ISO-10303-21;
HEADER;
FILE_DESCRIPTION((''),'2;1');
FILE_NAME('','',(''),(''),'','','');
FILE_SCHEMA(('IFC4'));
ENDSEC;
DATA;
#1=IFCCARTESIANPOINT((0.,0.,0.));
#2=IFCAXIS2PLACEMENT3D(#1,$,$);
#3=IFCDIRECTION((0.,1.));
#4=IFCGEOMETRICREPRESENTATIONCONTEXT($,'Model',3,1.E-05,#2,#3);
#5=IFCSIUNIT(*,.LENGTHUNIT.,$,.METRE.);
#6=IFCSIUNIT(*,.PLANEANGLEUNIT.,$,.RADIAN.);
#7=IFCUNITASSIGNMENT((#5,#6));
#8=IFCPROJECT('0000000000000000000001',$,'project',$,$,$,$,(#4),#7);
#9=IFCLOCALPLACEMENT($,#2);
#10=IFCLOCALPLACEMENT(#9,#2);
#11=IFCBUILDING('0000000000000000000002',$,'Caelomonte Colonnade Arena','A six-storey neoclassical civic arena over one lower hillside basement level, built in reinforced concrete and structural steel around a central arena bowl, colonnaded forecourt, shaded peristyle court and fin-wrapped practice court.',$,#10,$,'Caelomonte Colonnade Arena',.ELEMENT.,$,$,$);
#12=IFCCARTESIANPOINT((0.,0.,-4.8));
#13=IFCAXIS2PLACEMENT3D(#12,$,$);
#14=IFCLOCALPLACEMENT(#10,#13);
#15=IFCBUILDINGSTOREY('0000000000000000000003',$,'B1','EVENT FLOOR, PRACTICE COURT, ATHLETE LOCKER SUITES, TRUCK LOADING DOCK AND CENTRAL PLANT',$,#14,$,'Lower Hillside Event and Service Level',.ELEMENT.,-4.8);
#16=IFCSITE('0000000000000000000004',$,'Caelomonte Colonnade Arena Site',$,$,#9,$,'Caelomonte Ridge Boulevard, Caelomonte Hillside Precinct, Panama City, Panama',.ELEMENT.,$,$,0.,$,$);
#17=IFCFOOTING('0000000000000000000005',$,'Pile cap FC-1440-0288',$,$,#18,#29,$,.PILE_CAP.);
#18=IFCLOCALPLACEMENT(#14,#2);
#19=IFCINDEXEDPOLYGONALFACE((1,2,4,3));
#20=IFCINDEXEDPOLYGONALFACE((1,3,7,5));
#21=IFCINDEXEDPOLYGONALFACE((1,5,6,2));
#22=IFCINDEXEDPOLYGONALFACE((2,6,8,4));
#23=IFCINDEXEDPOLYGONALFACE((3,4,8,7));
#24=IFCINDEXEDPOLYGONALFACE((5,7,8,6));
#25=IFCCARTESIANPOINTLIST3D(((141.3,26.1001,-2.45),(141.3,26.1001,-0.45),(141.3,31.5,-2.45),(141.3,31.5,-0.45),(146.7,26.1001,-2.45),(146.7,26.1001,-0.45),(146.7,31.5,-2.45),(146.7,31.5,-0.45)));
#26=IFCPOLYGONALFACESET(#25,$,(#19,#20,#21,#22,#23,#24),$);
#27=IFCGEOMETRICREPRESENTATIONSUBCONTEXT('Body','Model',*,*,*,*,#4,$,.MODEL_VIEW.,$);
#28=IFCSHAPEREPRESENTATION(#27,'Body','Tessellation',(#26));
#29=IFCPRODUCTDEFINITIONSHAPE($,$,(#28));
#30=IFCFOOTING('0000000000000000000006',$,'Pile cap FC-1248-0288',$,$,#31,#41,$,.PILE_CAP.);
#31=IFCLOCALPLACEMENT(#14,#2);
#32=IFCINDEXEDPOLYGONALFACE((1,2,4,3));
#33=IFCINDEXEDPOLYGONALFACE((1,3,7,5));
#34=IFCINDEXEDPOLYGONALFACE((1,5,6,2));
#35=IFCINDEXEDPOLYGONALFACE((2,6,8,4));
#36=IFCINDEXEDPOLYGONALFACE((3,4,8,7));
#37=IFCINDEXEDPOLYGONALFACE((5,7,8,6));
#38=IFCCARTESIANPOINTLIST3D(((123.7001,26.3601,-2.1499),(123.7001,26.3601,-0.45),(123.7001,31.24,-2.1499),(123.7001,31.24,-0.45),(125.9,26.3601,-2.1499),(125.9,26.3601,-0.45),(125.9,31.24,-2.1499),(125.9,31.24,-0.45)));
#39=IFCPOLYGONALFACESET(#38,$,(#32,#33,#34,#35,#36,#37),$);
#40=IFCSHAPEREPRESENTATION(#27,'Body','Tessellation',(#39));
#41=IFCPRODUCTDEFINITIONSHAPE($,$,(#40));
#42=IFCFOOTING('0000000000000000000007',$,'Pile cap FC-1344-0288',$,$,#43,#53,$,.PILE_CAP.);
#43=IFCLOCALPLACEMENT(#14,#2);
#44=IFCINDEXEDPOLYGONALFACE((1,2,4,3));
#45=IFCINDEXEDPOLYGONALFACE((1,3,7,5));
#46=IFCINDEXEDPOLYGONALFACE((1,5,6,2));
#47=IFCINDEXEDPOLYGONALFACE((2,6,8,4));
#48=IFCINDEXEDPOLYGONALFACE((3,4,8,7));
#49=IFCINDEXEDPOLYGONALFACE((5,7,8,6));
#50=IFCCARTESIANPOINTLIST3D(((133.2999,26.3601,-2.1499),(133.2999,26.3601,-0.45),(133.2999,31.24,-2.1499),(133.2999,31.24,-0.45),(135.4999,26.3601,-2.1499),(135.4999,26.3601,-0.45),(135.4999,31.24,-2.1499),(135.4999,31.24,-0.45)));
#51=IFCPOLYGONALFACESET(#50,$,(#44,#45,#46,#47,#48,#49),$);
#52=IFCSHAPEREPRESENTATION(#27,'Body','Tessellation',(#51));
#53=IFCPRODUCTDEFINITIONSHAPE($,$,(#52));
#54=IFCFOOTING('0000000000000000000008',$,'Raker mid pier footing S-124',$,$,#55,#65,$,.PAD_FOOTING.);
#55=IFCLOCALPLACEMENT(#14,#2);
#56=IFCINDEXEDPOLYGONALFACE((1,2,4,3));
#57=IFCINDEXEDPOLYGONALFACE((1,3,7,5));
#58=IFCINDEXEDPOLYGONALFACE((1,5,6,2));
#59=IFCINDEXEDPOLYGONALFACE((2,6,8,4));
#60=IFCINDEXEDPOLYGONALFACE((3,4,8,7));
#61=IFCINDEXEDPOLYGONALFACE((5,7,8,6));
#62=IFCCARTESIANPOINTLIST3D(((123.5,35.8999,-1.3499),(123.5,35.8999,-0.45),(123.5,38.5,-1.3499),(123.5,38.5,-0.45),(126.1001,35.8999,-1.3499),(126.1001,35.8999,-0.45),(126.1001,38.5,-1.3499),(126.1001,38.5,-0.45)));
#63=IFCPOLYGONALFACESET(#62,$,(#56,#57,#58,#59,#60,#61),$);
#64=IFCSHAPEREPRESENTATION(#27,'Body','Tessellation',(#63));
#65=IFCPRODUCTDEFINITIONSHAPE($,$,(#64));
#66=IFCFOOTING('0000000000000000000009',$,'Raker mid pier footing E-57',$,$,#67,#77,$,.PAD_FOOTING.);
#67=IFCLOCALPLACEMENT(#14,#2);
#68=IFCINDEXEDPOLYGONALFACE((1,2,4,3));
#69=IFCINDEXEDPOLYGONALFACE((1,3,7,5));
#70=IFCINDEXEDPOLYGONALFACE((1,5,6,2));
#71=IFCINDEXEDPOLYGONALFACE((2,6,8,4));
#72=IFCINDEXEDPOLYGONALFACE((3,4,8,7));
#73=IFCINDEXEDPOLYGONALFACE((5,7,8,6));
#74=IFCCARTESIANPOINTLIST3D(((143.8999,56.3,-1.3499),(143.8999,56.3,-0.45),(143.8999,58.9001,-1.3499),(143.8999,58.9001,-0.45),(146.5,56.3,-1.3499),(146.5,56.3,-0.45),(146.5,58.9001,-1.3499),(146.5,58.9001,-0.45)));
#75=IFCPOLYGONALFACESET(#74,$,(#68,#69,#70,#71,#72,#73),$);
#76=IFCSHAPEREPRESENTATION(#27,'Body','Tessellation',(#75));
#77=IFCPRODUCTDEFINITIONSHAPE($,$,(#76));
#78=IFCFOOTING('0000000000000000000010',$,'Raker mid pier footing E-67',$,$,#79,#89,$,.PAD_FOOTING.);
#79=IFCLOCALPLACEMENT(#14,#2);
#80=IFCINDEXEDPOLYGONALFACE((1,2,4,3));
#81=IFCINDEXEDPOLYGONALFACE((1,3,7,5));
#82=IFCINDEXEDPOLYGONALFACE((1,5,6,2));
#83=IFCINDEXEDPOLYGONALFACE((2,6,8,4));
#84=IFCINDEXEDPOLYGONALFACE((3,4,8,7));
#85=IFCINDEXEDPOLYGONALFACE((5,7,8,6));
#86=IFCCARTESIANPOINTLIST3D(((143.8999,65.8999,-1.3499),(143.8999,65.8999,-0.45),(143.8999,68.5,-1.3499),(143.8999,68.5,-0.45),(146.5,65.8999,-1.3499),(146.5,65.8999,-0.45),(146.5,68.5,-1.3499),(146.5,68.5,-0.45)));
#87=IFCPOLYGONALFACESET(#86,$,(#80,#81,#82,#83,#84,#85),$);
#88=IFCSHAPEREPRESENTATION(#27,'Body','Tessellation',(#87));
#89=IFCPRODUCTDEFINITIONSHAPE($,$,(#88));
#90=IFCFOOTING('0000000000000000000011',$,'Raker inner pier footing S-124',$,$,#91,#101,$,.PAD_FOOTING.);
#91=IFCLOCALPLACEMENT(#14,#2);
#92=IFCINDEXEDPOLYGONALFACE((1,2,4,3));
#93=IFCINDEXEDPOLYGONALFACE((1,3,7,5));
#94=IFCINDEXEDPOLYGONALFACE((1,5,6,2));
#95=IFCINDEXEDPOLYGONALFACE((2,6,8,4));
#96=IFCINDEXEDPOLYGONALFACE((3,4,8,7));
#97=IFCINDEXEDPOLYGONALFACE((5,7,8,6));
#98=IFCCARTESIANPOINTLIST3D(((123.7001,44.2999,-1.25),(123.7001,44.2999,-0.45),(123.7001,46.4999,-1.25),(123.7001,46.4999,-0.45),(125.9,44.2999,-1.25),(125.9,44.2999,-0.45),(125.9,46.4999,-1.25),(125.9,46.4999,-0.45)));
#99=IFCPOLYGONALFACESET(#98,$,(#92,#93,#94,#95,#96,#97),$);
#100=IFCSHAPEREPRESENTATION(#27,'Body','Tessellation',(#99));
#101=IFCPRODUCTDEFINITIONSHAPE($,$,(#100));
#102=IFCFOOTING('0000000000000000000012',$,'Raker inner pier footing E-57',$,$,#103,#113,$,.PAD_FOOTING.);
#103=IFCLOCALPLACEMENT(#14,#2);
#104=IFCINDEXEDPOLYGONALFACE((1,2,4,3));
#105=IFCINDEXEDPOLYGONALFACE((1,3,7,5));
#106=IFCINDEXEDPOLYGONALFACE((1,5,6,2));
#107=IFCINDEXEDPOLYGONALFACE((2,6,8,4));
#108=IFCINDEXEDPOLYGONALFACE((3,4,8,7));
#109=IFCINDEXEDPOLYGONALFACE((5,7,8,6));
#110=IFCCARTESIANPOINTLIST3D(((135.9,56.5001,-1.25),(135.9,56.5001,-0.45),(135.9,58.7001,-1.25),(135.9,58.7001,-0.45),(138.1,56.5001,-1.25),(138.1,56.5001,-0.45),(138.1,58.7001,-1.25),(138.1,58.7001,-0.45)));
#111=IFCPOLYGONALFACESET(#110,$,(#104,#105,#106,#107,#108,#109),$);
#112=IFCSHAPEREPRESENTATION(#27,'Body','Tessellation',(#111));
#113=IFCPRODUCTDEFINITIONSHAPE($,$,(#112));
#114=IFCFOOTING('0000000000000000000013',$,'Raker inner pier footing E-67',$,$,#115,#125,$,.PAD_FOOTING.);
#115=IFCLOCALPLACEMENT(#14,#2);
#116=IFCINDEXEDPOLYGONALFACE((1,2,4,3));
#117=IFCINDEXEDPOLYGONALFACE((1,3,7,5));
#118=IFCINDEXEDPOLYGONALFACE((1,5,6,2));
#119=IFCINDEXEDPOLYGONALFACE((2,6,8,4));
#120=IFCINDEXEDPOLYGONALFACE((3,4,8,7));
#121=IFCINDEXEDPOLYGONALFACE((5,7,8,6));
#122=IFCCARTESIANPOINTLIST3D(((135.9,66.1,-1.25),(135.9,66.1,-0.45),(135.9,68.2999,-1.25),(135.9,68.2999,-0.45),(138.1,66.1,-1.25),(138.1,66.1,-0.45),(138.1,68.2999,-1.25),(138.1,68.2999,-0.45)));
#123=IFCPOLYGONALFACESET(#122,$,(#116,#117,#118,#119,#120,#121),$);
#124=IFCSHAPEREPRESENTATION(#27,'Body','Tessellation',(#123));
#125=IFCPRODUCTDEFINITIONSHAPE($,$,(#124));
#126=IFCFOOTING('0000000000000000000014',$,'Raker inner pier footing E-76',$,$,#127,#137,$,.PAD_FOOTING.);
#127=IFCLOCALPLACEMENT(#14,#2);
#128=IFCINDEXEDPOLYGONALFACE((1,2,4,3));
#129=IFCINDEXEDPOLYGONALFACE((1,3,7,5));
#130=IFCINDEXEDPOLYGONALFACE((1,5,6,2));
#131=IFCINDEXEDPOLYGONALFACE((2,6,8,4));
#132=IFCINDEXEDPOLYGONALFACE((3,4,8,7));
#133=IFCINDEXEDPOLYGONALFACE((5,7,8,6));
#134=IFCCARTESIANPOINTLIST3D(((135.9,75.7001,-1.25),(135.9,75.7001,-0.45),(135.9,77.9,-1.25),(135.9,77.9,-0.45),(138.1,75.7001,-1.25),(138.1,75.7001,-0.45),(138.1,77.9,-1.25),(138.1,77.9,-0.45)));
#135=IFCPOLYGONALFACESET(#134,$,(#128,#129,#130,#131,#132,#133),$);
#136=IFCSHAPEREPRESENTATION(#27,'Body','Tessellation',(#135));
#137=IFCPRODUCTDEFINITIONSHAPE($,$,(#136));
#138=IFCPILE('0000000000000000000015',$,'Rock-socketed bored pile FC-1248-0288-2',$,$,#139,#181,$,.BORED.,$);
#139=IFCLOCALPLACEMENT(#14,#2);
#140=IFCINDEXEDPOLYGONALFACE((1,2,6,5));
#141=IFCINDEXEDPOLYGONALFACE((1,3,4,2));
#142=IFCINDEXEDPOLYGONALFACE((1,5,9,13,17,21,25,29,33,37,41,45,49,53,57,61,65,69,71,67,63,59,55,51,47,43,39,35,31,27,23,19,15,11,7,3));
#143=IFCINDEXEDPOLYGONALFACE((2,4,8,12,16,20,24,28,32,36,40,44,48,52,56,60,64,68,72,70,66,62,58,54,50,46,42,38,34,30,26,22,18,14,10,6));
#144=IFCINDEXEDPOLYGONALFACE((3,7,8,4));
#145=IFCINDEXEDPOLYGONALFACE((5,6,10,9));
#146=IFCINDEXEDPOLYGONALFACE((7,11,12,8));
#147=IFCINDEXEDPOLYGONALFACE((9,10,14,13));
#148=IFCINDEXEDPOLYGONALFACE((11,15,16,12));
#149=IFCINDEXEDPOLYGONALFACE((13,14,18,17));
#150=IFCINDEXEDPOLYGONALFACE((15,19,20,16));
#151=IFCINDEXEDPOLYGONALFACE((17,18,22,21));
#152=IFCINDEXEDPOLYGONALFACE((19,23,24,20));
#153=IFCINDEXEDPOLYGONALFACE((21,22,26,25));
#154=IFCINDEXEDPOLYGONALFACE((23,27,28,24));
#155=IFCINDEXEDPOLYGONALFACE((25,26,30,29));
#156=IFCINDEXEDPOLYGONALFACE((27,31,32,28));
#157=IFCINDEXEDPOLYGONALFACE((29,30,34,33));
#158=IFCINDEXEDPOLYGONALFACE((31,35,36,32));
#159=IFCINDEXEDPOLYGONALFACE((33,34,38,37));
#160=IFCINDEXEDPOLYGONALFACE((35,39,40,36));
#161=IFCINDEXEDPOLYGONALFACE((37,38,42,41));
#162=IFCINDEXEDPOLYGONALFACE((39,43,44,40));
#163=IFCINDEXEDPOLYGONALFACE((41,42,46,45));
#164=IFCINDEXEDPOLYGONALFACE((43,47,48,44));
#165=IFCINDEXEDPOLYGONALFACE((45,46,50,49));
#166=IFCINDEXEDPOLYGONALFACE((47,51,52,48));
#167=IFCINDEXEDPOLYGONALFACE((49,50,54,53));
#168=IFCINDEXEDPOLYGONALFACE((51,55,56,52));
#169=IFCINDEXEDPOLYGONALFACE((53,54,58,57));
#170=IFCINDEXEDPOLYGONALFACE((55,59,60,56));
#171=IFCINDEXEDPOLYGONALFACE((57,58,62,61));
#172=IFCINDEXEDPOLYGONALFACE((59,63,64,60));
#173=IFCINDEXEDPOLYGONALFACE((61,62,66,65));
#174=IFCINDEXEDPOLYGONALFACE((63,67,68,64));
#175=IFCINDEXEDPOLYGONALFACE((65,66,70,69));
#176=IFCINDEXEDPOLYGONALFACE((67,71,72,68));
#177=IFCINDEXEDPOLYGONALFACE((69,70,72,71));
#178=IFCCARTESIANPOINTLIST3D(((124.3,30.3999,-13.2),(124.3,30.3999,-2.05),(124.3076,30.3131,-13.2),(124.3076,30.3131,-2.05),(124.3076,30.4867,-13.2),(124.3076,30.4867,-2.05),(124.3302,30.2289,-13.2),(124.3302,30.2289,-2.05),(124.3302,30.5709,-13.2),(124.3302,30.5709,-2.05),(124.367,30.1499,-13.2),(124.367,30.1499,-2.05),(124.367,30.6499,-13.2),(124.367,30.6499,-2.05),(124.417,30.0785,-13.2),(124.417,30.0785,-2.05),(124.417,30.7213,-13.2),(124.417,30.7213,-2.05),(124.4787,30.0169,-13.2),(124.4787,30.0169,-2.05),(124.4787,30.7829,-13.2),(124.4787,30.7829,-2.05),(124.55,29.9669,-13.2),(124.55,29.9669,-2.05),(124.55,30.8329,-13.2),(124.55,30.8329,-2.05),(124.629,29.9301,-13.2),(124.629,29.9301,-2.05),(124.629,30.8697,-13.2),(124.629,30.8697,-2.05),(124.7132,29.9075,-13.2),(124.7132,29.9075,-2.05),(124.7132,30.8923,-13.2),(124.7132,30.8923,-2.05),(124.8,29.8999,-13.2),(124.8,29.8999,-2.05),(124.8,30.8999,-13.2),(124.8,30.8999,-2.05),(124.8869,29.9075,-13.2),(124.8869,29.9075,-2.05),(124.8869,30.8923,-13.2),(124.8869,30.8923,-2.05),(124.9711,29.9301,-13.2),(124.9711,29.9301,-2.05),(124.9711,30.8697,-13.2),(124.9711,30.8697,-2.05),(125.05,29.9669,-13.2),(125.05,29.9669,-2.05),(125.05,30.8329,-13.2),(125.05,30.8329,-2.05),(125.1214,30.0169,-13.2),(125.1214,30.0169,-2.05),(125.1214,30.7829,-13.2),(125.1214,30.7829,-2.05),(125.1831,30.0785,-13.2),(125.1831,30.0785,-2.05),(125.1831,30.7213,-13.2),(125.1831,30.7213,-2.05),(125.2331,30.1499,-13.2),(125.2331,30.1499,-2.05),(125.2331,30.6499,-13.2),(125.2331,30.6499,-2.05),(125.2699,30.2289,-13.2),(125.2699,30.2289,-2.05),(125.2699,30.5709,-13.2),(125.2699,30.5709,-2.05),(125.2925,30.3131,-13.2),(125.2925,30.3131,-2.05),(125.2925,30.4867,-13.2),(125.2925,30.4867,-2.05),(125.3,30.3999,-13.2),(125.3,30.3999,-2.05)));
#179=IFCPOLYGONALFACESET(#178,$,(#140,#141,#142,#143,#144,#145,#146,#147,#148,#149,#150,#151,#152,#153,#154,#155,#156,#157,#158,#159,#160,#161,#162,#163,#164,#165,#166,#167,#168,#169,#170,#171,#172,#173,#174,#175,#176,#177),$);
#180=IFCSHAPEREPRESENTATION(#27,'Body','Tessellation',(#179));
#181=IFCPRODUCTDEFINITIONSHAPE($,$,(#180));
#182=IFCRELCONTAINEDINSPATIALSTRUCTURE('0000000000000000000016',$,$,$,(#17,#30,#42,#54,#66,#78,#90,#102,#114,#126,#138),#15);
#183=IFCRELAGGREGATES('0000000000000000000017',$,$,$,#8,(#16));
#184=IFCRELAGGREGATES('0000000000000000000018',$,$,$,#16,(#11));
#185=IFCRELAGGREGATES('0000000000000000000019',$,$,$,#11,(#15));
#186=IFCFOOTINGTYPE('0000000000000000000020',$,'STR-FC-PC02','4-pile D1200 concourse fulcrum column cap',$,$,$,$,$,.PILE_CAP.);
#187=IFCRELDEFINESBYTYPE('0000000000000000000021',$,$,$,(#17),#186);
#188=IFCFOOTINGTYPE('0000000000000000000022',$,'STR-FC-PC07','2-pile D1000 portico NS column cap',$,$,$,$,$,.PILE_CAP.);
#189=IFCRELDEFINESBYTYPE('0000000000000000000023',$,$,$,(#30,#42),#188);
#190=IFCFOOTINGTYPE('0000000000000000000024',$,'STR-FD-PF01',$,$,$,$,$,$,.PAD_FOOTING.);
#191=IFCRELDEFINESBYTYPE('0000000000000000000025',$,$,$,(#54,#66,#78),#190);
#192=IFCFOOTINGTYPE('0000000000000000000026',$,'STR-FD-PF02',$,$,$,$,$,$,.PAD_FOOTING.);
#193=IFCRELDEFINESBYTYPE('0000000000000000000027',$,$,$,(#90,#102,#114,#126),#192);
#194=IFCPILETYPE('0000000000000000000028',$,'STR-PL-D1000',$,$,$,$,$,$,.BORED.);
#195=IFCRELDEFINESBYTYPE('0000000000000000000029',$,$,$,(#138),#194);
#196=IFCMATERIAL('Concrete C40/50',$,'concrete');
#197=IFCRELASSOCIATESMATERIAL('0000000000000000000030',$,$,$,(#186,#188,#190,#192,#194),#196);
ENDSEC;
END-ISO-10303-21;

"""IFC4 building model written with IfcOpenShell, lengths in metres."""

from ifc_helpers import new_model, si_unit, direction, frame, origin, origin_2d, place, context, subcontext, project, spatial, rectangle, circle, extrude, material, material_profile, profile_set, type_object, element, save


model = new_model("IFC4")

# Units and contexts
model_context = context("Model", 3, precision=1e-05, world=origin(), true_north=direction((0.0, 1.0)))
body_context = subcontext(model_context, "Body", "Model", "MODEL_VIEW")
ifc_project = project(units=[si_unit("LENGTHUNIT", "METRE"), si_unit("PLANEANGLEUNIT", "RADIAN")], contexts=[model_context])

# Site, building, storey
site_placement = place(None, origin())
site = spatial("IfcSite", under=ifc_project, at=site_placement, Name="Caelomonte Colonnade Arena Site", LongName="Caelomonte Ridge Boulevard, Caelomonte Hillside Precinct, Panama City, Panama", CompositionType="ELEMENT", RefElevation=0.0)
building_placement = place(site_placement, origin())
building = spatial("IfcBuilding", under=site, at=building_placement, Name="Caelomonte Colonnade Arena", Description="A six-storey neoclassical civic arena over one lower hillside basement level, built in reinforced concrete and structural steel around a central arena bowl, colonnaded forecourt, shaded peristyle court and fin-wrapped practice court.", LongName="Caelomonte Colonnade Arena", CompositionType="ELEMENT")
storey_placement = place(building_placement, frame((0.0, 0.0, -4.8)))
storey = spatial("IfcBuildingStorey", under=building, at=storey_placement, Name="B1", Description="EVENT FLOOR, PRACTICE COURT, ATHLETE LOCKER SUITES, TRUCK LOADING DOCK AND CENTRAL PLANT", LongName="Lower Hillside Event and Service Level", CompositionType="ELEMENT", Elevation=-4.8)

# Footings
ifc_material_1 = material(Name="Concrete C40/50", Category="concrete")
footing_type_1 = type_object("IfcFootingType", Name="STR-FC-PC02", Description="4-pile D1200 concourse fulcrum column cap", PredefinedType="PILE_CAP", material=ifc_material_1)
footing_placement = place(storey_placement, frame((144.0, 28.8, -2.45), z_axis=(0.0, 0.0, 1.0), x_axis=(1.0, 0.0, 0.0)))
element("IfcFooting", 1, at=footing_placement, inside=storey, type_object=footing_type_1, Name="Pile cap FC-1440-0288", PredefinedType="PILE_CAP", context=body_context, shape_type="SweptSolid", body=[
    extrude(rectangle(XDim=5.3999, YDim=5.3999, at=origin_2d()), origin(), (0.0, 0.0, 1.0), 2.0),
])
footing_type_2 = type_object("IfcFootingType", Name="STR-FC-PC07", Description="2-pile D1000 portico NS column cap", PredefinedType="PILE_CAP", material=ifc_material_1)
for number, where, z_axis, x_axis, name in (
    (2, (124.8, 28.8, -2.1499), (0.0, 0.0, 1.0), (1.0, 0.0, 0.0), "Pile cap FC-1248-0288"),
    (3, (134.3999, 28.8, -2.1499), (0.0, 0.0, 1.0), (1.0, 0.0, 0.0), "Pile cap FC-1344-0288"),
):
    element("IfcFooting", number, at=place(storey_placement, frame(where, z_axis=z_axis, x_axis=x_axis)), inside=storey, type_object=footing_type_2, Name=name, PredefinedType="PILE_CAP", context=body_context, shape_type="SweptSolid", body=[
        extrude(rectangle(XDim=2.2, YDim=4.8799, at=origin_2d()), origin(), (0.0, 0.0, 1.0), 1.7),
    ])
footing_type_3 = type_object("IfcFootingType", Name="STR-FD-PF01", PredefinedType="PAD_FOOTING", material=ifc_material_1)
for number, where, z_axis, x_axis, name in (
    (4, (124.8, 37.2, -1.3499), (0.0, 0.0, 1.0), (1.0, 0.0, 0.0), "Raker mid pier footing S-124"),
    (5, (145.2, 57.6001, -1.3499), (0.0, 0.0, 1.0), (1.0, 0.0, 0.0), "Raker mid pier footing E-57"),
    (6, (145.2, 67.2, -1.3499), (0.0, 0.0, 1.0), (1.0, 0.0, 0.0), "Raker mid pier footing E-67"),
):
    element("IfcFooting", number, at=place(storey_placement, frame(where, z_axis=z_axis, x_axis=x_axis)), inside=storey, type_object=footing_type_3, Name=name, PredefinedType="PAD_FOOTING", context=body_context, shape_type="SweptSolid", body=[
        extrude(rectangle(XDim=2.6001, YDim=2.6001, at=origin_2d()), origin(), (0.0, 0.0, 1.0), 0.8999),
    ])
footing_type_4 = type_object("IfcFootingType", Name="STR-FD-PF02", PredefinedType="PAD_FOOTING", material=ifc_material_1)
for number, where, z_axis, x_axis, name in (
    (7, (124.8, 45.3999, -1.25), (0.0, 0.0, 1.0), (1.0, 0.0, 0.0), "Raker inner pier footing S-124"),
    (8, (137.0, 57.6001, -1.25), (0.0, 0.0, 1.0), (1.0, 0.0, 0.0), "Raker inner pier footing E-57"),
    (9, (137.0, 67.2, -1.25), (0.0, 0.0, 1.0), (1.0, 0.0, 0.0), "Raker inner pier footing E-67"),
    (10, (137.0, 76.8, -1.25), (0.0, 0.0, 1.0), (1.0, 0.0, 0.0), "Raker inner pier footing E-76"),
):
    element("IfcFooting", number, at=place(storey_placement, frame(where, z_axis=z_axis, x_axis=x_axis)), inside=storey, type_object=footing_type_4, Name=name, PredefinedType="PAD_FOOTING", context=body_context, shape_type="SweptSolid", body=[
        extrude(rectangle(XDim=2.2, YDim=2.2, at=origin_2d()), origin(), (0.0, 0.0, 1.0), 0.8),
    ])

# Pile
ifc_material_profile_1 = material_profile(ifc_material_1, circle(Radius=0.5, at=origin_2d()), Name="PILE-D1000")
ifc_profile_set_1 = profile_set([ifc_material_profile_1], Name="Concrete C40/50")
pile_type_1 = type_object("IfcPileType", Name="STR-PL-D1000", PredefinedType="BORED", material=ifc_profile_set_1)
for number, where, z_axis, x_axis, name in (
    (11, (124.8, 30.3999, -2.05), (0.0, 0.0, -1.0), (1.0, 0.0, 0.0), "Rock-socketed bored pile FC-1248-0288-2"),
):
    element("IfcPile", number, at=place(storey_placement, frame(where, z_axis=z_axis, x_axis=x_axis)), inside=storey, type_object=pile_type_1, Name=name, PredefinedType="BORED", context=body_context, shape_type="SweptSolid", body=[
        extrude(circle(Radius=0.5, at=origin_2d()), origin(), (0.0, 0.0, 1.0), 11.1499),
    ])

save(model, "model.ifc")
